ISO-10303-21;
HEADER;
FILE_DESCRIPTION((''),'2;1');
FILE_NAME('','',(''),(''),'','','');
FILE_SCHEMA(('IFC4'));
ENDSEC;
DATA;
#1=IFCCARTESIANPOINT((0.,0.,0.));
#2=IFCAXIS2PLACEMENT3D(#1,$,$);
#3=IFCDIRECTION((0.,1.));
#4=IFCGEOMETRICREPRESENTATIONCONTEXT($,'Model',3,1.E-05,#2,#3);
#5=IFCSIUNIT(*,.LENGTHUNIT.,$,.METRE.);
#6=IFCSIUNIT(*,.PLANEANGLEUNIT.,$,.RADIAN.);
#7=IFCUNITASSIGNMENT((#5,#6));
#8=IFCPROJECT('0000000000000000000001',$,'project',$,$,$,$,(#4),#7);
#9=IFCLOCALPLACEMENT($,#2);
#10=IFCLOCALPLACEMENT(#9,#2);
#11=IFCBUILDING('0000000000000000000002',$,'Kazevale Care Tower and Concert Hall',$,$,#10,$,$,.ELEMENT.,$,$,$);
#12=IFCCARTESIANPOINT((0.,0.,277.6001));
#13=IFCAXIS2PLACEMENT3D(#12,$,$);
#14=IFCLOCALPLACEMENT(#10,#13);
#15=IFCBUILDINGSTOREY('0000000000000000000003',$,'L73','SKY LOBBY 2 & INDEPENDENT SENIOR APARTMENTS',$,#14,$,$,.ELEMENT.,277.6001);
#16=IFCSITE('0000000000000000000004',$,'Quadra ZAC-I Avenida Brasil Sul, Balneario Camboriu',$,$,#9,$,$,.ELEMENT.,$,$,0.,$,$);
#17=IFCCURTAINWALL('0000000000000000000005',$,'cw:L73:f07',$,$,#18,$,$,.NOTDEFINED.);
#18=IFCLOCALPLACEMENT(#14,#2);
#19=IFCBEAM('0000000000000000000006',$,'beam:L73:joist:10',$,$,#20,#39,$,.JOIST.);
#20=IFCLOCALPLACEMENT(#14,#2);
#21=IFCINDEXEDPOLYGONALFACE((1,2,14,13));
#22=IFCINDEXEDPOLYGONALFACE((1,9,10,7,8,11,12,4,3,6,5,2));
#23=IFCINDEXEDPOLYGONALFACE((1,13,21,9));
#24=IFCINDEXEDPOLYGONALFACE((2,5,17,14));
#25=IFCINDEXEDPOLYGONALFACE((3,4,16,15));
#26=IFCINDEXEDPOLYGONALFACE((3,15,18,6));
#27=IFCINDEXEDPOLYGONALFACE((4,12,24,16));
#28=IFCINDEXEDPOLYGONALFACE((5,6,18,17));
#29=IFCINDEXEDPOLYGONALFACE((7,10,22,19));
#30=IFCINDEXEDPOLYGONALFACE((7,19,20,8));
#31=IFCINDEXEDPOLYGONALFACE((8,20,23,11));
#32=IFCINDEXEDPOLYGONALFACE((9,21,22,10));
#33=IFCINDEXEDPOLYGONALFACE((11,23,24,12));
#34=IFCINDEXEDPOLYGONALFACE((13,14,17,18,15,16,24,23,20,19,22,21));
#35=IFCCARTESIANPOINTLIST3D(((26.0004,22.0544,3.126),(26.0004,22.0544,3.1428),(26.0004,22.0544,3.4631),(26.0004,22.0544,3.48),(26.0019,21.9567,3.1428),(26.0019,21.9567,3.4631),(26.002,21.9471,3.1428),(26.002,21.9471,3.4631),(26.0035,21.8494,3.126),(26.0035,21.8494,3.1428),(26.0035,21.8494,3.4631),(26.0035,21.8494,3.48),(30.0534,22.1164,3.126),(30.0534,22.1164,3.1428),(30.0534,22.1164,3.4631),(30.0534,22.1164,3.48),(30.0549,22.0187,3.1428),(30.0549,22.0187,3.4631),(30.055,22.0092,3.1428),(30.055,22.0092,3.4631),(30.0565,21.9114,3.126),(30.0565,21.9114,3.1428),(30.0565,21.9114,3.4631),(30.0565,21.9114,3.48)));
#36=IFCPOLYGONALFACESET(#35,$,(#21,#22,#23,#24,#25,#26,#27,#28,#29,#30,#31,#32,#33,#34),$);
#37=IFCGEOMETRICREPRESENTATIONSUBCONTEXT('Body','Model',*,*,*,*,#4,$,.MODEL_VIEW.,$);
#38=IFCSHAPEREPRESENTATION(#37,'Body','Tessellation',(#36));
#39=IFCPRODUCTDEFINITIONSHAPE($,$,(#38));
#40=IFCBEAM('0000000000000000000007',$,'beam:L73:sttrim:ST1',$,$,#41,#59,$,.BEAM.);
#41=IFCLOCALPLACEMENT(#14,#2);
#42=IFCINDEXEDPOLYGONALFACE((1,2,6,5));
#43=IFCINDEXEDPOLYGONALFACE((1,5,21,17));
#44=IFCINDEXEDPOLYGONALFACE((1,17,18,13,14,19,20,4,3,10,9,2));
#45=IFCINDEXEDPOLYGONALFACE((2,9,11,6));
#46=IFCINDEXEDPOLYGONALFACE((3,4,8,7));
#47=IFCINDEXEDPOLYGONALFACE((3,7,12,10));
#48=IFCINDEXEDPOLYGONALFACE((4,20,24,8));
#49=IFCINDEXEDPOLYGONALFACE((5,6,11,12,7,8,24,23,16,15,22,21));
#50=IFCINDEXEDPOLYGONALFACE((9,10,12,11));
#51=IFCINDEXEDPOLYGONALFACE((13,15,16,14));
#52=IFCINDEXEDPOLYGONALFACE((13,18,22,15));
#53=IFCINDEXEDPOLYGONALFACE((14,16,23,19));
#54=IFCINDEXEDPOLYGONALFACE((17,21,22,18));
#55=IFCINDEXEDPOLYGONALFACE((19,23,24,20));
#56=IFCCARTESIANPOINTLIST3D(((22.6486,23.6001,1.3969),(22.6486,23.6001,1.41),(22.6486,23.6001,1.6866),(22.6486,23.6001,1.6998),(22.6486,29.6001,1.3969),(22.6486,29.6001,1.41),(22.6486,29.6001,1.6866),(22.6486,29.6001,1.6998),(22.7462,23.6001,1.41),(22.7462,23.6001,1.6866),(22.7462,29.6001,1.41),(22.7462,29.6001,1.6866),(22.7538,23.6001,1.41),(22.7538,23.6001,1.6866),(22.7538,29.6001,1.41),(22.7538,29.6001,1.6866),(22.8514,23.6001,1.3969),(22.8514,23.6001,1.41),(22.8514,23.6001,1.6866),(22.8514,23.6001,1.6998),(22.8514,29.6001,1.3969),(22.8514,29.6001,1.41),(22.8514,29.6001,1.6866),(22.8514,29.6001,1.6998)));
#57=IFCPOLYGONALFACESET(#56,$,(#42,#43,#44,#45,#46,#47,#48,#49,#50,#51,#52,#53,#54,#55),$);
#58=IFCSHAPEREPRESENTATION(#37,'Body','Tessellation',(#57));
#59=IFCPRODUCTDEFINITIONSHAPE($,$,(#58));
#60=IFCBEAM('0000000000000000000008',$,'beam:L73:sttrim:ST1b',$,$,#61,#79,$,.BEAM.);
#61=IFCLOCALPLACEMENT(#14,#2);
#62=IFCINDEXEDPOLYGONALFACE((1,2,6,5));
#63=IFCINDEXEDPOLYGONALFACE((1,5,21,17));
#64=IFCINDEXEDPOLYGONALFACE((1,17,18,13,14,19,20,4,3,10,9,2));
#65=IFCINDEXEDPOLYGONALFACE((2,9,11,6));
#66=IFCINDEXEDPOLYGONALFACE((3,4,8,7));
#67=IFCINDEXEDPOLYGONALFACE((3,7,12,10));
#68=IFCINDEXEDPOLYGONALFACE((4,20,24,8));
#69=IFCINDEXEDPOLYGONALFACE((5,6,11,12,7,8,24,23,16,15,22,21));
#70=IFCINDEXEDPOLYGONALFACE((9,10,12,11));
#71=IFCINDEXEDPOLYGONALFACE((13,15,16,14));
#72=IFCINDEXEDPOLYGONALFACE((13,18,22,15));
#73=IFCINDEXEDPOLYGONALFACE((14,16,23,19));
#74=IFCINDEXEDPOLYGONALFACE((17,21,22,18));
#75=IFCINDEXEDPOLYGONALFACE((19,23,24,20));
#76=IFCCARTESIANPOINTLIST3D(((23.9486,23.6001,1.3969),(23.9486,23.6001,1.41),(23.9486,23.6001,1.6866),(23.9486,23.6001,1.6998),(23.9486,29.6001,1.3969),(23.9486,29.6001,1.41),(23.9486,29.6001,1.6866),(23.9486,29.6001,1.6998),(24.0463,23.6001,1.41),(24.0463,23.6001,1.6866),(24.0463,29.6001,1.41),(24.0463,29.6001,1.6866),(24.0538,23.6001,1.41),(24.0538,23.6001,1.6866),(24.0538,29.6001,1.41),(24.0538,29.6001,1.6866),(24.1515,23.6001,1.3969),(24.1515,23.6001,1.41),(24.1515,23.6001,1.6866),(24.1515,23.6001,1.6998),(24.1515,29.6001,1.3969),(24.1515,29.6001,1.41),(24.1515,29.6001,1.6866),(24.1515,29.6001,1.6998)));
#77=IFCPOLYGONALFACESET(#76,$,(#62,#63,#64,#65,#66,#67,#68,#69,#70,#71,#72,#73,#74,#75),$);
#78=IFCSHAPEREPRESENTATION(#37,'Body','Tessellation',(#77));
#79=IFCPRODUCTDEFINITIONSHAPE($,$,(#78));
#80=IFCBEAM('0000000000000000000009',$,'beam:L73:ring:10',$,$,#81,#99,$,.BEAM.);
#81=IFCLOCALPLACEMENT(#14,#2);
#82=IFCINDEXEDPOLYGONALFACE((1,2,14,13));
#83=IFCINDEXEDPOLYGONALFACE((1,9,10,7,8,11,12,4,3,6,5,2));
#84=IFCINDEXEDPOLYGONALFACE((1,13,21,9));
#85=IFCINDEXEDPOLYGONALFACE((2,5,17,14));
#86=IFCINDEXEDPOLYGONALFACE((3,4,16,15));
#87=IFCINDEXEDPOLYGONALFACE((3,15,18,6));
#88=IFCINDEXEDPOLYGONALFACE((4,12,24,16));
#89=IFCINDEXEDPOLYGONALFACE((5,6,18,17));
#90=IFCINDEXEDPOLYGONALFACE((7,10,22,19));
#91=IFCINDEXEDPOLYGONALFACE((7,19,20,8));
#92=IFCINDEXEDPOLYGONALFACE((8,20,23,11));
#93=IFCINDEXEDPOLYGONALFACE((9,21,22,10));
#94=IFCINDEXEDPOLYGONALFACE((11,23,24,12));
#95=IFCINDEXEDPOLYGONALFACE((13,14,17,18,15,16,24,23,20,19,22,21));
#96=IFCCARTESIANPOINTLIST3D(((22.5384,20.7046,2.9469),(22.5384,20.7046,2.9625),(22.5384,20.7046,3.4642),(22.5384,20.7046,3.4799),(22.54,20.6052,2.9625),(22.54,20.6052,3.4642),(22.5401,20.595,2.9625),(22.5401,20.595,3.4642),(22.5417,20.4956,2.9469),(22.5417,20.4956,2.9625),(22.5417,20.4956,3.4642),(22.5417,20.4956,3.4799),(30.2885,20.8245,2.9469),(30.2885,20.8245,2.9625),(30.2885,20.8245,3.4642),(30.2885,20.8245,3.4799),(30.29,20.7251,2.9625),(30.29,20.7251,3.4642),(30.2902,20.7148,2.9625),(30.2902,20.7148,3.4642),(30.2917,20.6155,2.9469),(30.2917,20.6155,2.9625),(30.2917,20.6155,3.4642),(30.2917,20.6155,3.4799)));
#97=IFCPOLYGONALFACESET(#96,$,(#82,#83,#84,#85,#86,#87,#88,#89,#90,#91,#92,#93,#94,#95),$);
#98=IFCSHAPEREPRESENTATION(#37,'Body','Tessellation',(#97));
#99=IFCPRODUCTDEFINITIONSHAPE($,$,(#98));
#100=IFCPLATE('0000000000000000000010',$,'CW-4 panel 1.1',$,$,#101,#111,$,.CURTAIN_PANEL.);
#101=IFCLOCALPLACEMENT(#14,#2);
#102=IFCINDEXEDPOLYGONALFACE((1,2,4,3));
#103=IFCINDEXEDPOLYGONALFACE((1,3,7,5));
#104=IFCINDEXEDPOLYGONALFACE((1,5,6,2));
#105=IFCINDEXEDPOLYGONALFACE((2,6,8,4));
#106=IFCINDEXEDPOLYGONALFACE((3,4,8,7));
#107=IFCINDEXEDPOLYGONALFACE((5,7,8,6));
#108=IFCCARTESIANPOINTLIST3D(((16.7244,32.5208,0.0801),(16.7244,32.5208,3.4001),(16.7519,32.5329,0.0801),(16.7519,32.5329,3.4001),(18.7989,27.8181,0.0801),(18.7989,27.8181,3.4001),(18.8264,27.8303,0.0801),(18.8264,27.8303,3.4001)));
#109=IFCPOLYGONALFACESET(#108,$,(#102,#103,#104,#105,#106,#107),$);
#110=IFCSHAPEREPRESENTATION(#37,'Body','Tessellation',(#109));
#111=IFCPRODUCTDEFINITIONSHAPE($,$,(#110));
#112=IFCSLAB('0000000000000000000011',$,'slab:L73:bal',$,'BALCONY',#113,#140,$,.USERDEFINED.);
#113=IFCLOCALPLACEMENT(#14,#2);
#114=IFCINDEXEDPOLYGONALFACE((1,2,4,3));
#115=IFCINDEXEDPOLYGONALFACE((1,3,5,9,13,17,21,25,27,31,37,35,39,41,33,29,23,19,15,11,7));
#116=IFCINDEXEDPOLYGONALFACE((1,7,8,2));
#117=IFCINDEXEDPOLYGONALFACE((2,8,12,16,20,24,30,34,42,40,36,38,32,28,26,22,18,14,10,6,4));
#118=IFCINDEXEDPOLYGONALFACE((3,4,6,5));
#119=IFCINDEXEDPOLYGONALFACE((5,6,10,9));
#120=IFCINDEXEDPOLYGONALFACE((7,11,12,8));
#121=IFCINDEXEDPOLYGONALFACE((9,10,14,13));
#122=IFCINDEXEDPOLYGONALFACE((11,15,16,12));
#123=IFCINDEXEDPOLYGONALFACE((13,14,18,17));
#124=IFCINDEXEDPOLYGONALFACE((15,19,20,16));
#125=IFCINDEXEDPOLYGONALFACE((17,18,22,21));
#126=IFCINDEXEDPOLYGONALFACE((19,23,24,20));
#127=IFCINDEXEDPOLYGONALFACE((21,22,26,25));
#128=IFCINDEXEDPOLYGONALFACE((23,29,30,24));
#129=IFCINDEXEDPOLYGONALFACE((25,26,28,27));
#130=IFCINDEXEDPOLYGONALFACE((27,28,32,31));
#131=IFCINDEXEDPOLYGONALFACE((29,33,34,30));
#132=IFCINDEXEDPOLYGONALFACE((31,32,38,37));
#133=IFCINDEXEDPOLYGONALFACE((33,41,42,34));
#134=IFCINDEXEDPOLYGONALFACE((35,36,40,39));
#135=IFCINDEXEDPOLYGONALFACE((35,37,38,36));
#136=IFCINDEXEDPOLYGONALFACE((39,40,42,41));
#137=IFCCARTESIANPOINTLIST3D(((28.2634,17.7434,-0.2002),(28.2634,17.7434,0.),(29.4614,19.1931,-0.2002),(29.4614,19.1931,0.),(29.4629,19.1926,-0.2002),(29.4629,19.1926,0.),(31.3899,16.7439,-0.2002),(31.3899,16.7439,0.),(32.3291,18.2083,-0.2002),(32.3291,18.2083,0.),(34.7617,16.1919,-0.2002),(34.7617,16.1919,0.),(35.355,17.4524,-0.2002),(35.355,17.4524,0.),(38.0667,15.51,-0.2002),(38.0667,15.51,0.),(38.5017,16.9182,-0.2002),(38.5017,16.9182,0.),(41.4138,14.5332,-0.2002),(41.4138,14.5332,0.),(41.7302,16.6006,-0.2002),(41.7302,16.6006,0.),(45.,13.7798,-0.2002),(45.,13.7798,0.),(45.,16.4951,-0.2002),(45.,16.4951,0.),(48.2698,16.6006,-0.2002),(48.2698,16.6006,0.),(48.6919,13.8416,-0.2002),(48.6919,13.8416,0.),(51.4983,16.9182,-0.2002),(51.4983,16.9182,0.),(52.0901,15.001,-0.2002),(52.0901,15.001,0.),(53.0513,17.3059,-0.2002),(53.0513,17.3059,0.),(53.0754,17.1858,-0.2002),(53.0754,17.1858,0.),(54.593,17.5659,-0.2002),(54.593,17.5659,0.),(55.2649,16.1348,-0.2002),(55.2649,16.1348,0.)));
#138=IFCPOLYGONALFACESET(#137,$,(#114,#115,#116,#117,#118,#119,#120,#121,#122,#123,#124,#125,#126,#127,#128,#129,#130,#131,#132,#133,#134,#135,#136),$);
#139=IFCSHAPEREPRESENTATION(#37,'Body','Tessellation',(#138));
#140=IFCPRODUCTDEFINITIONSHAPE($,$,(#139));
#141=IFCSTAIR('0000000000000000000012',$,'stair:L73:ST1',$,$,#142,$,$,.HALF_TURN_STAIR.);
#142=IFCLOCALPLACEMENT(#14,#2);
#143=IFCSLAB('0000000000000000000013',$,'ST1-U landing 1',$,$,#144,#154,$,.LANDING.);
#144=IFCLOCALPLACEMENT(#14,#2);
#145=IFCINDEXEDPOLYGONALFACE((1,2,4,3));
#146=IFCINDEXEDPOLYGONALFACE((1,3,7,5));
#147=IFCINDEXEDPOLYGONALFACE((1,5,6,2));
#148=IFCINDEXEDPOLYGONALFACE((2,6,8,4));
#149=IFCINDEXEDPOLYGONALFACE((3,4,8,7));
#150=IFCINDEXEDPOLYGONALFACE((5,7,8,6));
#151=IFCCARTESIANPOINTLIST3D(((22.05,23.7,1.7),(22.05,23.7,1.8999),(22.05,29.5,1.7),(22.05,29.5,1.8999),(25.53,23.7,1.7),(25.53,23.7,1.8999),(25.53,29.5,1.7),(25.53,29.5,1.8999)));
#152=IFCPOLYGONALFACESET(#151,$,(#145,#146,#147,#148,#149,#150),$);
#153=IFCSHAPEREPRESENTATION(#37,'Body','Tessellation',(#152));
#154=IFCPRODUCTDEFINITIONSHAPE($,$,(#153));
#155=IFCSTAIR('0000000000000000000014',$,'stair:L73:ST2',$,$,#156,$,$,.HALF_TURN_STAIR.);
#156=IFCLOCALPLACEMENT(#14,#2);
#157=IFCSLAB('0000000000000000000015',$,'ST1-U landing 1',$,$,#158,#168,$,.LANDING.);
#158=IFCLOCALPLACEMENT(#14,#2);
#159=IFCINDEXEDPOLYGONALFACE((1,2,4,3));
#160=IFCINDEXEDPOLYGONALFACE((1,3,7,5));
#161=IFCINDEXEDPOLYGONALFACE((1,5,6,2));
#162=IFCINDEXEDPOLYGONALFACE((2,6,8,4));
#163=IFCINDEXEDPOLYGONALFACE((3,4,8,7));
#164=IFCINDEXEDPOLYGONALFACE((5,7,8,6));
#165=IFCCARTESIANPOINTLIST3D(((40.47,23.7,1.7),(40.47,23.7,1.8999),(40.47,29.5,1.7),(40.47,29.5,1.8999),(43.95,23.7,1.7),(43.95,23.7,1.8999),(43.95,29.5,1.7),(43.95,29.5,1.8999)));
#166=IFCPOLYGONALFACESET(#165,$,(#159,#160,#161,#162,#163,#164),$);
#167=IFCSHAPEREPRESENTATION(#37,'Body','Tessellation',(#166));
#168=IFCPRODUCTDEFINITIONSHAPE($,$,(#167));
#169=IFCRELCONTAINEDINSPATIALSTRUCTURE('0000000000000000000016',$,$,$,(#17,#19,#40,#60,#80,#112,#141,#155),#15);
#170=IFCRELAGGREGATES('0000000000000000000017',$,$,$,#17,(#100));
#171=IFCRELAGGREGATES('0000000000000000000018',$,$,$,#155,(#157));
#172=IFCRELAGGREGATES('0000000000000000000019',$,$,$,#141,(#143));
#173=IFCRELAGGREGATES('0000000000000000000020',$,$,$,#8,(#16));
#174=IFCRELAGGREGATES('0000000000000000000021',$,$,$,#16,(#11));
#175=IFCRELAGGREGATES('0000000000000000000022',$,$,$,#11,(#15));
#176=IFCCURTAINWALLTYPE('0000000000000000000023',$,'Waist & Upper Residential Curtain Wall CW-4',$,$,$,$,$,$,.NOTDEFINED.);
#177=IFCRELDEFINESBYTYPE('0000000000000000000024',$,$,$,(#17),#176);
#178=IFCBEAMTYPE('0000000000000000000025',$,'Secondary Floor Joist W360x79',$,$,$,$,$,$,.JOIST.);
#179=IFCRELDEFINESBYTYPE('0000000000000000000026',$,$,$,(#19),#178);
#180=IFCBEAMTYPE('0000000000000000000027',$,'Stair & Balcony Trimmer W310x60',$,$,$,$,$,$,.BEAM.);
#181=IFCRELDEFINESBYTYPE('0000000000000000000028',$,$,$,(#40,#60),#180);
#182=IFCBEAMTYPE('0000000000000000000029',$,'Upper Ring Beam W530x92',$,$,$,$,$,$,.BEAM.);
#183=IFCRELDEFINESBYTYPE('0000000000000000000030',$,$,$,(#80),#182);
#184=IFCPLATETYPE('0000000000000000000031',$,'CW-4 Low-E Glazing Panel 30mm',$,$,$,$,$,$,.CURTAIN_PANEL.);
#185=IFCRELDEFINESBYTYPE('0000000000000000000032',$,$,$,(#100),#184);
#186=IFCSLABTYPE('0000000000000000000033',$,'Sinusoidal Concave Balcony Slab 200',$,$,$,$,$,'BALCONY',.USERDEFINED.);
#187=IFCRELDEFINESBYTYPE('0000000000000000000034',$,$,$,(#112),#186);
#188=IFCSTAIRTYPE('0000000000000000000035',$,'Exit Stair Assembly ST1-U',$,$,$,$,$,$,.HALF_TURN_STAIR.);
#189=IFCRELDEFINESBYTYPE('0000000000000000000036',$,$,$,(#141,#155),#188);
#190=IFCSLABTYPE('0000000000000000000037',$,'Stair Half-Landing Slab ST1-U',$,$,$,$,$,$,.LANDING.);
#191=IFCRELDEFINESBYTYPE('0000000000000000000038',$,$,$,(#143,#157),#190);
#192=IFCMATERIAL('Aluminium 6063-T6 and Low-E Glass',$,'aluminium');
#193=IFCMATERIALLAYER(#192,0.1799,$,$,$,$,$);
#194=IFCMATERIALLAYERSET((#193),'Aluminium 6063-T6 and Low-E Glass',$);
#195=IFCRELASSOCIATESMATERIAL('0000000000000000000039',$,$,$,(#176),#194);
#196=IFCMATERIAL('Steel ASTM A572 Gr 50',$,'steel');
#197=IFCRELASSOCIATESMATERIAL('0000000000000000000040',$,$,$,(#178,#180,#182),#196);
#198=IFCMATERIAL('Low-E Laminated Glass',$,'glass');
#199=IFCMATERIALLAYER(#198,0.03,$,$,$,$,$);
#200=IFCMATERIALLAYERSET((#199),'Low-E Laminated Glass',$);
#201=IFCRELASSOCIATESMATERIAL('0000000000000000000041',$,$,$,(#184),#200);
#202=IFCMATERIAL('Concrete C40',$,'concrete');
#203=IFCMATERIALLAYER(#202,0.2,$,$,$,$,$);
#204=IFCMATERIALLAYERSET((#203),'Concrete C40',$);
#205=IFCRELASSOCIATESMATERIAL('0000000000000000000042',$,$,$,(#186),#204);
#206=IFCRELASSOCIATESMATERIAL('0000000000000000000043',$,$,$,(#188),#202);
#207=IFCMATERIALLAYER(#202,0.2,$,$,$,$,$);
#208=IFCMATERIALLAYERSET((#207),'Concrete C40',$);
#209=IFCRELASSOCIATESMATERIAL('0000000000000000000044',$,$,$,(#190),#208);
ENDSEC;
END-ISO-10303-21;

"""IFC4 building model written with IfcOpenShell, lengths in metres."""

from ifc_helpers import new_model, si_unit, direction, frame, origin, origin_2d, place, context, subcontext, project, spatial, polyline, rectangle, i_section, outline, extrude, material, layer, layer_set, material_profile, profile_set, type_object, element, aggregate, save


model = new_model("IFC4")

# Units and contexts
model_context = context("Model", 3, precision=1e-05, world=origin(), true_north=direction((0.0, 1.0)))
body_context = subcontext(model_context, "Body", "Model", "MODEL_VIEW")
ifc_project = project(units=[si_unit("LENGTHUNIT", "METRE"), si_unit("PLANEANGLEUNIT", "RADIAN")], contexts=[model_context])

# Site, building, storey
site_placement = place(None, origin())
site = spatial("IfcSite", under=ifc_project, at=site_placement, Name="Quadra ZAC-I Avenida Brasil Sul, Balneario Camboriu", CompositionType="ELEMENT", RefElevation=0.0)
building_placement = place(site_placement, origin())
building = spatial("IfcBuilding", under=site, at=building_placement, Name="Kazevale Care Tower and Concert Hall", CompositionType="ELEMENT")
storey_placement = place(building_placement, frame((0.0, 0.0, 277.6001)))
storey = spatial("IfcBuildingStorey", under=building, at=storey_placement, Name="L73", Description="SKY LOBBY 2 & INDEPENDENT SENIOR APARTMENTS", CompositionType="ELEMENT", Elevation=277.6001)

# Curtain wall
ifc_material_1 = material(Name="Aluminium 6063-T6 and Low-E Glass", Category="aluminium")
ifc_layer_1 = layer(ifc_material_1, 0.1799)
ifc_layer_set_1 = layer_set([ifc_layer_1], Name="Aluminium 6063-T6 and Low-E Glass")
curtain_wall_type = type_object("IfcCurtainWallType", Name="Waist & Upper Residential Curtain Wall CW-4", PredefinedType="NOTDEFINED", material=ifc_layer_set_1)
curtain_wall_1_placement = place(storey_placement, origin())
curtain_wall_1 = element("IfcCurtainWall", 1, at=curtain_wall_1_placement, inside=storey, type_object=curtain_wall_type, Name="cw:L73:f07", PredefinedType="NOTDEFINED")

# Beams
ifc_material_2 = material(Name="Steel ASTM A572 Gr 50", Category="steel")
ifc_material_profile_1 = material_profile(ifc_material_2, i_section(OverallWidth=0.2051, OverallDepth=0.354, WebThickness=0.0095, FlangeThickness=0.0168, at=origin_2d()), Name="W360x79")
ifc_profile_set_1 = profile_set([ifc_material_profile_1], Name="Steel ASTM A572 Gr 50")
beam_type_1 = type_object("IfcBeamType", Name="Secondary Floor Joist W360x79", PredefinedType="JOIST", material=ifc_profile_set_1)
beam_1_placement = place(storey_placement, frame((26.002, 21.9519, 3.303), z_axis=(0.999883, 0.015298, 0.0), x_axis=(-0.015298, 0.999883, 0.0)))
element("IfcBeam", 2, at=beam_1_placement, inside=storey, type_object=beam_type_1, Name="beam:L73:joist:10", PredefinedType="JOIST", context=body_context, shape_type="SweptSolid", body=[
    extrude(i_section(OverallWidth=0.2051, OverallDepth=0.354, WebThickness=0.0095, FlangeThickness=0.0168, at=origin_2d()), origin(), (0.0, 0.0, 1.0), 4.0535),
])
ifc_material_profile_2 = material_profile(ifc_material_2, i_section(OverallWidth=0.2029, OverallDepth=0.303, WebThickness=0.0076, FlangeThickness=0.0132, at=origin_2d()), Name="W310x60")
ifc_profile_set_2 = profile_set([ifc_material_profile_2], Name="Steel ASTM A572 Gr 50")
beam_type_2 = type_object("IfcBeamType", Name="Stair & Balcony Trimmer W310x60", PredefinedType="BEAM", material=ifc_profile_set_2)
for number, where, z_axis, x_axis, name in (
    (3, (22.75, 23.6001, 1.5483), (0.0, 1.0, 0.0), (-1.0, 0.0, 0.0), "beam:L73:sttrim:ST1"),
    (4, (24.05, 23.6001, 1.5483), (0.0, 1.0, 0.0), (-1.0, 0.0, 0.0), "beam:L73:sttrim:ST1b"),
):
    element("IfcBeam", number, at=place(storey_placement, frame(where, z_axis=z_axis, x_axis=x_axis)), inside=storey, type_object=beam_type_2, Name=name, PredefinedType="BEAM", context=body_context, shape_type="SweptSolid", body=[
        extrude(i_section(OverallWidth=0.2029, OverallDepth=0.303, WebThickness=0.0076, FlangeThickness=0.0132, at=origin_2d()), origin(), (0.0, 0.0, 1.0), 6.0),
    ])
ifc_material_profile_3 = material_profile(ifc_material_2, i_section(OverallWidth=0.209, OverallDepth=0.533, WebThickness=0.0103, FlangeThickness=0.0156, at=origin_2d()), Name="W530x92")
ifc_profile_set_3 = profile_set([ifc_material_profile_3], Name="Steel ASTM A572 Gr 50")
beam_type_3 = type_object("IfcBeamType", Name="Upper Ring Beam W530x92", PredefinedType="BEAM", material=ifc_profile_set_3)
beam_2_placement = place(storey_placement, frame((22.54, 20.6001, 3.2134), z_axis=(0.99988, 0.015466, 0.0), x_axis=(-0.015466, 0.99988, 0.0)))
element("IfcBeam", 5, at=beam_2_placement, inside=storey, type_object=beam_type_3, Name="beam:L73:ring:10", PredefinedType="BEAM", context=body_context, shape_type="SweptSolid", body=[
    extrude(i_section(OverallWidth=0.209, OverallDepth=0.533, WebThickness=0.0103, FlangeThickness=0.0156, at=origin_2d()), origin(), (0.0, 0.0, 1.0), 7.751),
])

# Plate
ifc_material_3 = material(Name="Low-E Laminated Glass", Category="glass")
ifc_layer_2 = layer(ifc_material_3, 0.03)
ifc_layer_set_2 = layer_set([ifc_layer_2], Name="Low-E Laminated Glass")
plate_type = type_object("IfcPlateType", Name="CW-4 Low-E Glazing Panel 30mm", PredefinedType="CURTAIN_PANEL", material=ifc_layer_set_2)
plate_placement = place(storey_placement, frame((17.7754, 30.1755, 0.0801), z_axis=(0.0, 0.0, 1.0), x_axis=(-0.403598, 0.914936, 0.0)))
plate = element("IfcPlate", 6, at=plate_placement, type_object=plate_type, Name="CW-4 panel 1.1", PredefinedType="CURTAIN_PANEL", context=body_context, shape_type="SweptSolid", body=[
    extrude(rectangle(XDim=5.1399, YDim=0.03, at=origin_2d()), origin(), (0.0, 0.0, 1.0), 3.3201),
])
aggregate(curtain_wall_1, [plate])

# Slab
ifc_material_4 = material(Name="Concrete C40", Category="concrete")
ifc_layer_3 = layer(ifc_material_4, 0.2)
ifc_layer_set_3 = layer_set([ifc_layer_3], Name="Concrete C40")
slab_type_1 = type_object("IfcSlabType", Name="Sinusoidal Concave Balcony Slab 200", ElementType="BALCONY", PredefinedType="USERDEFINED", material=ifc_layer_set_3)
slab_1_placement = place(storey_placement, frame((0.0, 0.0, -0.2002)))
element("IfcSlab", 7, at=slab_1_placement, inside=storey, type_object=slab_type_1, Name="slab:L73:bal", ObjectType="BALCONY", PredefinedType="USERDEFINED", context=body_context, shape_type="SweptSolid", body=[
    extrude(outline(polyline([(54.593, 17.5659), (55.2649, 16.1348), (52.0901, 15.001), (48.6919, 13.8416), (45.0, 13.7798), (41.4138, 14.5332), (38.0667, 15.51), (34.7617, 16.1919), (31.3899, 16.7439), (28.2634, 17.7434), (29.4614, 19.1931), (29.4629, 19.1926), (32.3291, 18.2083), (35.355, 17.4524), (38.5017, 16.9182), (41.7302, 16.6006), (45.0, 16.4951), (48.2698, 16.6006), (51.4983, 16.9182), (53.0754, 17.1858), (53.0513, 17.3059), (54.593, 17.5659)])), origin(), (0.0, 0.0, 1.0), 0.2002),
])

# Stairs, slabs
stair_type = type_object("IfcStairType", Name="Exit Stair Assembly ST1-U", PredefinedType="HALF_TURN_STAIR", material=ifc_material_4)
stair_1_placement = place(storey_placement, origin())
stair_1 = element("IfcStair", 8, at=stair_1_placement, inside=storey, type_object=stair_type, Name="stair:L73:ST1", PredefinedType="HALF_TURN_STAIR")
ifc_layer_4 = layer(ifc_material_4, 0.2)
ifc_layer_set_4 = layer_set([ifc_layer_4], Name="Concrete C40")
slab_type_2 = type_object("IfcSlabType", Name="Stair Half-Landing Slab ST1-U", PredefinedType="LANDING", material=ifc_layer_set_4)
slab_2_placement = place(storey_placement, frame((0.0, 0.0, 1.7)))
slab_2 = element("IfcSlab", 9, at=slab_2_placement, type_object=slab_type_2, Name="ST1-U landing 1", PredefinedType="LANDING", context=body_context, shape_type="SweptSolid", body=[
    extrude(outline(polyline([(22.05, 23.7), (25.53, 23.7), (25.53, 29.5), (22.05, 29.5), (22.05, 23.7)])), origin(), (0.0, 0.0, 1.0), 0.2),
])
stair_2_placement = place(storey_placement, origin())
stair_2 = element("IfcStair", 10, at=stair_2_placement, inside=storey, type_object=stair_type, Name="stair:L73:ST2", PredefinedType="HALF_TURN_STAIR")
slab_3_placement = place(storey_placement, frame((0.0, 0.0, 1.7)))
slab_3 = element("IfcSlab", 11, at=slab_3_placement, type_object=slab_type_2, Name="ST1-U landing 1", PredefinedType="LANDING", context=body_context, shape_type="SweptSolid", body=[
    extrude(outline(polyline([(40.47, 23.7), (43.95, 23.7), (43.95, 29.5), (40.47, 29.5), (40.47, 23.7)])), origin(), (0.0, 0.0, 1.0), 0.2),
])
aggregate(stair_2, [slab_3])

aggregate(stair_1, [slab_2])

save(model, "model.ifc")
